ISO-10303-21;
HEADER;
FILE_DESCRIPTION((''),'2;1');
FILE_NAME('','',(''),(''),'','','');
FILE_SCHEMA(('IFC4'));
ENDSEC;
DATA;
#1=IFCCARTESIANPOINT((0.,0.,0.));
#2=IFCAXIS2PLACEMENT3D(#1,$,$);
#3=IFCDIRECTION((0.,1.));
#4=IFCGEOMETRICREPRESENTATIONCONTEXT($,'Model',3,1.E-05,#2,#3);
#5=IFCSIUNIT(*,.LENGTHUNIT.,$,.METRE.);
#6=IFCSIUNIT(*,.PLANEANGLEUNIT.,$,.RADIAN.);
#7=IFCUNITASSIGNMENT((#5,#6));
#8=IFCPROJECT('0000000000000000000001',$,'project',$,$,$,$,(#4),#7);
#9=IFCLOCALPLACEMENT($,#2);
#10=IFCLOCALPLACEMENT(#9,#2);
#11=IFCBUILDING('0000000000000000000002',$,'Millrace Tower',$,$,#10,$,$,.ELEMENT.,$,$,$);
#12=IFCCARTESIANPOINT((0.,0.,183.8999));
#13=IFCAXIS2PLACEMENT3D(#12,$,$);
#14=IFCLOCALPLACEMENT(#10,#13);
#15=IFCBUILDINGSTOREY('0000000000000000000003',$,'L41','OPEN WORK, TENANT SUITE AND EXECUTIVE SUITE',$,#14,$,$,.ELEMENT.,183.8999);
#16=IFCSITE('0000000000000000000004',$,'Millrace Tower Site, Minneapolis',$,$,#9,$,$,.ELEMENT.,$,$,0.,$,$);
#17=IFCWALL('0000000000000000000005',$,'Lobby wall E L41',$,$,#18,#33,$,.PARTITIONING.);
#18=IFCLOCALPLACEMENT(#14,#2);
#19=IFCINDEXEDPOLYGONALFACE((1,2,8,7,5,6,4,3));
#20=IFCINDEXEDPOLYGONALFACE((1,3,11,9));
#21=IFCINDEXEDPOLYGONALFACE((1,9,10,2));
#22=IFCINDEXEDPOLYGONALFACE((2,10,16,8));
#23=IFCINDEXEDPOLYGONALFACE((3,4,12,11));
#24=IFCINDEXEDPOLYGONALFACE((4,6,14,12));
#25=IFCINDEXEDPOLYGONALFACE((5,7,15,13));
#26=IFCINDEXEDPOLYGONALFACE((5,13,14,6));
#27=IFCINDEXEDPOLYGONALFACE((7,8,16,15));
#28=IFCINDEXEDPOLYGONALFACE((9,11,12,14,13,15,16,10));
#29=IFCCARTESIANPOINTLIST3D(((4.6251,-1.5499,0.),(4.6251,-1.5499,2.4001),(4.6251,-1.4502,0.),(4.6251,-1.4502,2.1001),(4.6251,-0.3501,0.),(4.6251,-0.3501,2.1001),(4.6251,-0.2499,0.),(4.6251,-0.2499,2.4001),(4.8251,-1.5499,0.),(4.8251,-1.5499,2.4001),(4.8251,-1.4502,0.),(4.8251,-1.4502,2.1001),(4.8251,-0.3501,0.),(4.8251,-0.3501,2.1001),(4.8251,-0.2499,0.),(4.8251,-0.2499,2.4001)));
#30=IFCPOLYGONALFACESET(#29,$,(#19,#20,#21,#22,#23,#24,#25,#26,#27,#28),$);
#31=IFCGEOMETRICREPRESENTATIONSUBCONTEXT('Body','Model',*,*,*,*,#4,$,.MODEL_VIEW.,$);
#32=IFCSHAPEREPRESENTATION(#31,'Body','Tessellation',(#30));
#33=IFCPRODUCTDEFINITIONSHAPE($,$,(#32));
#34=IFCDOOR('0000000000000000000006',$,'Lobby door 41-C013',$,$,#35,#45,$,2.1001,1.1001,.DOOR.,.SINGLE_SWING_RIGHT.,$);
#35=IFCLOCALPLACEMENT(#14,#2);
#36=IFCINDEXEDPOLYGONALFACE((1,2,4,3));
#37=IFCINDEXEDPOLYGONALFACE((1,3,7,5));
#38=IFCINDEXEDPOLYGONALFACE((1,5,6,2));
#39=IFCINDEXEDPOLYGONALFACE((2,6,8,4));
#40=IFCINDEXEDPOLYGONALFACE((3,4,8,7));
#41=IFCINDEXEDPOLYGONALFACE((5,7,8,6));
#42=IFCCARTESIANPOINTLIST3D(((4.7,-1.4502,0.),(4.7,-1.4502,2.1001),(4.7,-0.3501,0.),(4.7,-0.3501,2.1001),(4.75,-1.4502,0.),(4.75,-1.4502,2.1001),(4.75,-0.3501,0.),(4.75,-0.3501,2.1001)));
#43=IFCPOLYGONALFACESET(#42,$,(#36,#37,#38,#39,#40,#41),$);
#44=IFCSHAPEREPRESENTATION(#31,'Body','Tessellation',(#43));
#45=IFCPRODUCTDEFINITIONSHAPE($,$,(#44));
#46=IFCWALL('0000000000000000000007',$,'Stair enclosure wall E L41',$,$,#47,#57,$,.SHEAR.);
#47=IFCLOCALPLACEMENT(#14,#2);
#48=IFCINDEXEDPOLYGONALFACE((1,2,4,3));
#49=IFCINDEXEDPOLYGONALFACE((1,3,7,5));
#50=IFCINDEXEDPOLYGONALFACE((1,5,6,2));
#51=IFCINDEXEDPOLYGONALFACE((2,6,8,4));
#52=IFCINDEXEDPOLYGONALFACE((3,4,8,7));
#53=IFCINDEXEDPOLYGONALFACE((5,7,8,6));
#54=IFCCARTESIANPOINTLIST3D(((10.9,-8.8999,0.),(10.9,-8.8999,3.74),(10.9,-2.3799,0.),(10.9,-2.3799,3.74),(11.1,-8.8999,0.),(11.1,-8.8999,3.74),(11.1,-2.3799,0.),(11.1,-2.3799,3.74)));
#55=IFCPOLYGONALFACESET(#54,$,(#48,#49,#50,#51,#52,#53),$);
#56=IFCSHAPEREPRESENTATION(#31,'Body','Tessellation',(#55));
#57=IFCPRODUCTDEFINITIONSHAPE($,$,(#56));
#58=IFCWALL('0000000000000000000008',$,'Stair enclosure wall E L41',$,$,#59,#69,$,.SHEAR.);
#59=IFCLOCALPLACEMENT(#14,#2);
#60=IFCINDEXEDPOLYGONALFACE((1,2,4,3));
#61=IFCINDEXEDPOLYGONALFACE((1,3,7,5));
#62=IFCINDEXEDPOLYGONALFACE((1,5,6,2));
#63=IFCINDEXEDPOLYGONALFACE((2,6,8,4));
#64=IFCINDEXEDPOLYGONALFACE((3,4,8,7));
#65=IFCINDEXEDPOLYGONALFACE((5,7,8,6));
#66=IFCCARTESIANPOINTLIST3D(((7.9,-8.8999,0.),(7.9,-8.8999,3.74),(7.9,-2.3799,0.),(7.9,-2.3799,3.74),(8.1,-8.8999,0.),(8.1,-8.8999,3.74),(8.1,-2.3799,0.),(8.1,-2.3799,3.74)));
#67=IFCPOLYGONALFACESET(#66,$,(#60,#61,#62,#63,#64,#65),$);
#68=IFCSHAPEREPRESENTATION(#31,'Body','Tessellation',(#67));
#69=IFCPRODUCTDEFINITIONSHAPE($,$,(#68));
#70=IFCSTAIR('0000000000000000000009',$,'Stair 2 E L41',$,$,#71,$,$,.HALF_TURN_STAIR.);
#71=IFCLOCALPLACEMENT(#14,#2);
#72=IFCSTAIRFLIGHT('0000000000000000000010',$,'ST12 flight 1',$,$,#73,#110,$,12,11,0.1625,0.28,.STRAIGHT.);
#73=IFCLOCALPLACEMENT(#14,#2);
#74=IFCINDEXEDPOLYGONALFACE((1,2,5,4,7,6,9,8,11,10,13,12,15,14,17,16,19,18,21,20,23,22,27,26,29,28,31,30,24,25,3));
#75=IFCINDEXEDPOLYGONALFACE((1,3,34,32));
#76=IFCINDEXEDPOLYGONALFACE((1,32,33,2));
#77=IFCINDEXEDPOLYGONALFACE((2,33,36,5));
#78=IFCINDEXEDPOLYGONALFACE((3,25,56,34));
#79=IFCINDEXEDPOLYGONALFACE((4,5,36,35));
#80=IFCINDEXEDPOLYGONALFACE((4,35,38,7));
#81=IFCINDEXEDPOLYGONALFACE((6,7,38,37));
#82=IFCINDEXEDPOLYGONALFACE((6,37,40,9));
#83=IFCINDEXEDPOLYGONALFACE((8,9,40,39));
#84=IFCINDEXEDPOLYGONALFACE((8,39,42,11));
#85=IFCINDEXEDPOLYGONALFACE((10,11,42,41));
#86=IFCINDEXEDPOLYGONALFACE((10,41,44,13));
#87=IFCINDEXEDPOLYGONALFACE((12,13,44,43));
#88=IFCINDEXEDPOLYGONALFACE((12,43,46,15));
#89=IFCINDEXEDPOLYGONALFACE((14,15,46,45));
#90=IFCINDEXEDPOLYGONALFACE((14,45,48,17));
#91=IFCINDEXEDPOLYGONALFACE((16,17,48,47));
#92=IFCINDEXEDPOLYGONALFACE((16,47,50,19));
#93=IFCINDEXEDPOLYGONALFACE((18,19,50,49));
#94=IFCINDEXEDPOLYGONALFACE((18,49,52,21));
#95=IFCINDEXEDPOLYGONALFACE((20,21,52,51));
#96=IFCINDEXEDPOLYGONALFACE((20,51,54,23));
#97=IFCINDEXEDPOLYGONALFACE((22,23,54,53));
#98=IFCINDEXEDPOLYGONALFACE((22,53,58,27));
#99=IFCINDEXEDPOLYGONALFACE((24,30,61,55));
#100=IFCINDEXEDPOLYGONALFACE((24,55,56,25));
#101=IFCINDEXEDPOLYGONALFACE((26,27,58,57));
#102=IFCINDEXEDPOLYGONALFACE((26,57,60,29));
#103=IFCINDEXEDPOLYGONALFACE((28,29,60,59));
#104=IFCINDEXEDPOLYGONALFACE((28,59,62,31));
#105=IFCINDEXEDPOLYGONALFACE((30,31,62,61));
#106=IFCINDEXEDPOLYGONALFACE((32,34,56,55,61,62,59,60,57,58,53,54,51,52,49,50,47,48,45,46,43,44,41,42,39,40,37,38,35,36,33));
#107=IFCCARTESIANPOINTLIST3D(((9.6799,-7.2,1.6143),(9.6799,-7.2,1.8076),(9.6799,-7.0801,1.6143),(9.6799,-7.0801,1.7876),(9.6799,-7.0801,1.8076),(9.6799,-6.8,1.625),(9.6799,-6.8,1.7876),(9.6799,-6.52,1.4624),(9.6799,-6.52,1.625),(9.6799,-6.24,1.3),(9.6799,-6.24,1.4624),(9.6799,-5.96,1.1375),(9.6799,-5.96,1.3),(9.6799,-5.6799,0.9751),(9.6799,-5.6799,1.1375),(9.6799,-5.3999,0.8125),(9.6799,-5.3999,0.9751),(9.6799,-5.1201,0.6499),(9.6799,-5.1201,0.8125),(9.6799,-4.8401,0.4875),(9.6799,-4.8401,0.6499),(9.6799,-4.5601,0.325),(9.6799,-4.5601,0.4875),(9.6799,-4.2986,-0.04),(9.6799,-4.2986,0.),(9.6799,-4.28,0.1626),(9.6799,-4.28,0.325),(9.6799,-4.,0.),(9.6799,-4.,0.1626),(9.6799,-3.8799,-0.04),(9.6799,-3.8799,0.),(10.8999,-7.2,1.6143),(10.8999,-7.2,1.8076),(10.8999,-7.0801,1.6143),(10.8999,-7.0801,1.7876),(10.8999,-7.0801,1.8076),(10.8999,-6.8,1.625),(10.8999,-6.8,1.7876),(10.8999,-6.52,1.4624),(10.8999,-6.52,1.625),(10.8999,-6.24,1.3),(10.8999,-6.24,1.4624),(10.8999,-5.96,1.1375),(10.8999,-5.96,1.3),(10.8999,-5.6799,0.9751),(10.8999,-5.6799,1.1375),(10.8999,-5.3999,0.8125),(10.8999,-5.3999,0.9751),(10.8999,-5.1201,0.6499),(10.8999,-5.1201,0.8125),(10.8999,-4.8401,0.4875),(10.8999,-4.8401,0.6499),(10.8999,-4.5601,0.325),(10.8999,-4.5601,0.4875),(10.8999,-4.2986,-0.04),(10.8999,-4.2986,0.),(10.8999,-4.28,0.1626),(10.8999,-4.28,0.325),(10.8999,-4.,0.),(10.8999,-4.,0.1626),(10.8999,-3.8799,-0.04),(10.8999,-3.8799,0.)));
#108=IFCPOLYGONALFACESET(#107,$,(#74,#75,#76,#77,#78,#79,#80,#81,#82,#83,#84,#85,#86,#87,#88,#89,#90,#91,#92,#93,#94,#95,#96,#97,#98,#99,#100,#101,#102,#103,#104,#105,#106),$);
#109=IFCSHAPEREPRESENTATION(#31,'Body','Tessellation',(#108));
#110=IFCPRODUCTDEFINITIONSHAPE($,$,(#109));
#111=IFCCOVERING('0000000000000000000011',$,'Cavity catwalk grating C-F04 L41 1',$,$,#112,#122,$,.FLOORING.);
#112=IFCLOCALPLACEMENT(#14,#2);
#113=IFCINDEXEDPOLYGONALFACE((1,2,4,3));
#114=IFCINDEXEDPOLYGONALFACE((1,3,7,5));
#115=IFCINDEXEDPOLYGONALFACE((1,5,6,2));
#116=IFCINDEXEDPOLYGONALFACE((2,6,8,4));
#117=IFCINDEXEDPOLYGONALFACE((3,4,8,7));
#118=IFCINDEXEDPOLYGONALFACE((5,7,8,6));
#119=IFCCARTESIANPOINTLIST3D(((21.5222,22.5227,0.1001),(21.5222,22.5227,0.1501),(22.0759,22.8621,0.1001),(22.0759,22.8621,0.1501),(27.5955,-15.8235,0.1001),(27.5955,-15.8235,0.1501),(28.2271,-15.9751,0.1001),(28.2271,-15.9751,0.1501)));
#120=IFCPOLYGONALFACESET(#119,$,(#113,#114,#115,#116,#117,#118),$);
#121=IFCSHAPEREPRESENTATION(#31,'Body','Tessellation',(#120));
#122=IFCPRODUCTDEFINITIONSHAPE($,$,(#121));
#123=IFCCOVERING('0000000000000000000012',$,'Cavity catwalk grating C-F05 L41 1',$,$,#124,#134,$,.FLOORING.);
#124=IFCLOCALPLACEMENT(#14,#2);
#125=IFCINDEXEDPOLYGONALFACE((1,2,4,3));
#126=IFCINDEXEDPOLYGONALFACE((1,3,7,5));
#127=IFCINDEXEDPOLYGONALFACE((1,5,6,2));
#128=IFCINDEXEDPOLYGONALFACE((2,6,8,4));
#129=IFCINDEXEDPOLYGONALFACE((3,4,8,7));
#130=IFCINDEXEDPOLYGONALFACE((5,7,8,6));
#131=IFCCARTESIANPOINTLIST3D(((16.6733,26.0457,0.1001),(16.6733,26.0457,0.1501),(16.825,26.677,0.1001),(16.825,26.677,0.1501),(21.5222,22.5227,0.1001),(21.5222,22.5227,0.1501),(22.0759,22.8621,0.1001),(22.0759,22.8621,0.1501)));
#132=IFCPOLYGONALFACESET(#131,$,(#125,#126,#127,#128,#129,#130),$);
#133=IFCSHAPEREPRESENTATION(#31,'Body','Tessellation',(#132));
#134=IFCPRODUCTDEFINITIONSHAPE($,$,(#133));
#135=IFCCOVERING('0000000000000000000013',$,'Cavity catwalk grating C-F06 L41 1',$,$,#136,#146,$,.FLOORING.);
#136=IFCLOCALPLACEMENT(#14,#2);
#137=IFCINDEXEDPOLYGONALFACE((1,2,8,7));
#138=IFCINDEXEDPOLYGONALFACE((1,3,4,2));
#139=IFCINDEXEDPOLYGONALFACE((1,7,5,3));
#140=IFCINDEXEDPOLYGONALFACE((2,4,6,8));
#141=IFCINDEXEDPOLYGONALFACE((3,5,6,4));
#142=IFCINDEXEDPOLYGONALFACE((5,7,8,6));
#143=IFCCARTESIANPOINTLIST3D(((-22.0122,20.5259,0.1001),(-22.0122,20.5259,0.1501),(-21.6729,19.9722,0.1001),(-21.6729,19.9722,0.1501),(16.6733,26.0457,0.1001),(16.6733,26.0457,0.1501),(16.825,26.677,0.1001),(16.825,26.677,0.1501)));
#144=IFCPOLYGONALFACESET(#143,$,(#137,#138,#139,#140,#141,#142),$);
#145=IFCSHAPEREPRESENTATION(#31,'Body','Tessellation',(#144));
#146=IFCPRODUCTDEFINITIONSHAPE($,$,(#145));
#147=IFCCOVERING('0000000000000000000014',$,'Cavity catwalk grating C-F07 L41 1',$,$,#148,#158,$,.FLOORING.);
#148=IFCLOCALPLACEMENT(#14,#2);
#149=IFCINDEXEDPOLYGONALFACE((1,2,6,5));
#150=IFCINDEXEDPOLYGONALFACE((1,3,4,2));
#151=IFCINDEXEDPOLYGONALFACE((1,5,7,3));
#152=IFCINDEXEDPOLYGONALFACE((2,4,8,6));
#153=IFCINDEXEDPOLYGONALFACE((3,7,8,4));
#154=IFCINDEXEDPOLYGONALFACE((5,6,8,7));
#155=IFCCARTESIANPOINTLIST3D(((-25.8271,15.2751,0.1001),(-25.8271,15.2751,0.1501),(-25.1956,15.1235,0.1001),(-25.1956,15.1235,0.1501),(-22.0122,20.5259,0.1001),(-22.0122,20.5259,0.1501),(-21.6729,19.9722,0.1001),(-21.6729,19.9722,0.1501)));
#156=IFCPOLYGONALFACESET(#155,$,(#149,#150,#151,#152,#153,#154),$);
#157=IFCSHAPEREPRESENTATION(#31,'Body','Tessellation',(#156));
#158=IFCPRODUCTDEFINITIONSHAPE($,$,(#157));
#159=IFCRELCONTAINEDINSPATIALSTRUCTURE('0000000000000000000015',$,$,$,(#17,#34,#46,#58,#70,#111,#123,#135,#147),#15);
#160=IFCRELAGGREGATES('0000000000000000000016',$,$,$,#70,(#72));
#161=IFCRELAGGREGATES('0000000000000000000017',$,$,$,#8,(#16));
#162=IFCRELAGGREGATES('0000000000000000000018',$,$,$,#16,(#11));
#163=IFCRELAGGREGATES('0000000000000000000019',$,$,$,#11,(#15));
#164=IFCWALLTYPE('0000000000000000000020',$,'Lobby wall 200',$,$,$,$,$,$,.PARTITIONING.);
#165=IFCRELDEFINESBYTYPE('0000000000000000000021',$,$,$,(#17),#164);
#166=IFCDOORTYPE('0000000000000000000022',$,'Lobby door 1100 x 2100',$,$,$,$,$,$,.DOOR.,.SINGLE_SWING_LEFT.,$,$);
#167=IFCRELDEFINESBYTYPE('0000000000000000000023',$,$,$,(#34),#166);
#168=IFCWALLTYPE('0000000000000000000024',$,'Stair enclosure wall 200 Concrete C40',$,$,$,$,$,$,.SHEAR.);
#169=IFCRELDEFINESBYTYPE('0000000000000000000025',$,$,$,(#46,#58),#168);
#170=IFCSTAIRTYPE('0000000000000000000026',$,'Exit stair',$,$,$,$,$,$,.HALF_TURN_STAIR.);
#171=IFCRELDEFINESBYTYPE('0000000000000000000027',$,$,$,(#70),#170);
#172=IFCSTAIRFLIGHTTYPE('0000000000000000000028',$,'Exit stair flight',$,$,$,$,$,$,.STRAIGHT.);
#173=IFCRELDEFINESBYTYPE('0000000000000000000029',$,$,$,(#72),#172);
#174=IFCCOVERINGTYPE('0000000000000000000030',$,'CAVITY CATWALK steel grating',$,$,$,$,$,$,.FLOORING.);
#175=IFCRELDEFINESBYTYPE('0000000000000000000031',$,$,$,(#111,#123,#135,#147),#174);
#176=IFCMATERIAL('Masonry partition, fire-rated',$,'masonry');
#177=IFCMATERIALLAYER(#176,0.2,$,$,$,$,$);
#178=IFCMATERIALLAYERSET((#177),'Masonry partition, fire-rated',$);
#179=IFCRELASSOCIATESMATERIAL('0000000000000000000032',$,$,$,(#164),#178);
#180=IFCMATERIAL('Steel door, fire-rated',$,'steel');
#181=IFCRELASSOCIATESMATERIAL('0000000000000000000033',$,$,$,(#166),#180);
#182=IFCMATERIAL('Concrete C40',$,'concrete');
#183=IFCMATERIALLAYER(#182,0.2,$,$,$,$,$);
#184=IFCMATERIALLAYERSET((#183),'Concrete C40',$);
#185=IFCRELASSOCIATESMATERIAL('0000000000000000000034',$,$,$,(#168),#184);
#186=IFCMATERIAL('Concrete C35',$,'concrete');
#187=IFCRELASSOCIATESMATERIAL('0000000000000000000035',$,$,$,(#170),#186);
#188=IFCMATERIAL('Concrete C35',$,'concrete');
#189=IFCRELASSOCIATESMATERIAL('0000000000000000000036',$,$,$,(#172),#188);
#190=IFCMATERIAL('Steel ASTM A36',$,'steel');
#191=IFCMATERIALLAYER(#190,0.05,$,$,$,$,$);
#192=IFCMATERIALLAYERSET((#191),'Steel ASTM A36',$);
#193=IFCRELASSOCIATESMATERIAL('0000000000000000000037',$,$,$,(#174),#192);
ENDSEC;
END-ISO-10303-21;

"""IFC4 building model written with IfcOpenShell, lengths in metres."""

from ifc_helpers import new_model, si_unit, direction, frame, frame_2d, origin, place, context, subcontext, project, spatial, polyline, rectangle, outline, extrude, material, layer, layer_set, type_object, element, fill, aggregate, save


model = new_model("IFC4")

# Units and contexts
model_context = context("Model", 3, precision=1e-05, world=origin(), true_north=direction((0.0, 1.0)))
body_context = subcontext(model_context, "Body", "Model", "MODEL_VIEW")
ifc_project = project(units=[si_unit("LENGTHUNIT", "METRE"), si_unit("PLANEANGLEUNIT", "RADIAN")], contexts=[model_context])

# Site, building, storey
site_placement = place(None, origin())
site = spatial("IfcSite", under=ifc_project, at=site_placement, Name="Millrace Tower Site, Minneapolis", CompositionType="ELEMENT", RefElevation=0.0)
building_placement = place(site_placement, origin())
building = spatial("IfcBuilding", under=site, at=building_placement, Name="Millrace Tower", CompositionType="ELEMENT")
storey_placement = place(building_placement, frame((0.0, 0.0, 183.8999)))
storey = spatial("IfcBuildingStorey", under=building, at=storey_placement, Name="L41", Description="OPEN WORK, TENANT SUITE AND EXECUTIVE SUITE", CompositionType="ELEMENT", Elevation=183.8999)

# Shared definitions
placement_1 = place(storey_placement, origin())

# Wall, opening, door
ifc_material_1 = material(Name="Masonry partition, fire-rated", Category="masonry")
ifc_layer_1 = layer(ifc_material_1, 0.2)
ifc_layer_set_1 = layer_set([ifc_layer_1], Name="Masonry partition, fire-rated")
wall_type_1 = type_object("IfcWallType", Name="Lobby wall 200", PredefinedType="PARTITIONING", material=ifc_layer_set_1)
wall_1_placement = place(storey_placement, frame((4.7251, -0.25, 0.0), z_axis=(0.0, 0.0, 1.0), x_axis=(0.0, -1.0, 0.0)))
wall_1 = element("IfcWall", 1, at=wall_1_placement, inside=storey, type_object=wall_type_1, Name="Lobby wall E L41", PredefinedType="PARTITIONING", context=body_context, shape_type="SweptSolid", body=[
    extrude(rectangle(XDim=1.3, YDim=0.2, at=frame_2d((0.6499, 0.0))), origin(), (0.0, 0.0, 1.0), 2.4001),
])
opening_placement = place(wall_1_placement, frame((0.1001, 0.0, 0.0)))
opening = element("IfcOpeningElement", 2, at=opening_placement, cuts=wall_1, PredefinedType="OPENING", context=body_context, shape_type="SweptSolid", body=[
    extrude(rectangle(XDim=1.1001, YDim=2.1001, at=frame_2d((0.55, 1.05))), frame((0.0, 0.1099, 0.0), z_axis=(0.0, -1.0, 0.0), x_axis=(1.0, 0.0, 0.0)), (0.0, 0.0, 1.0), 0.22),
])
ifc_material_2 = material(Name="Steel door, fire-rated", Category="steel")
door_type = type_object("IfcDoorType", Name="Lobby door 1100 x 2100", OperationType="SINGLE_SWING_LEFT", PredefinedType="DOOR", material=ifc_material_2)
door_placement = place(opening_placement, origin())
door = element("IfcDoor", 3, at=door_placement, inside=storey, type_object=door_type, Name="Lobby door 41-C013", OperationType="SINGLE_SWING_RIGHT", OverallHeight=2.1001, OverallWidth=1.1001, PredefinedType="DOOR", context=body_context, shape_type="SweptSolid", body=[
    extrude(rectangle(XDim=1.1001, YDim=2.1001, at=frame_2d((0.55, 1.05))), frame((0.0, 0.0249, 0.0), z_axis=(0.0, -1.0, 0.0), x_axis=(1.0, 0.0, 0.0)), (0.0, 0.0, 1.0), 0.05),
])
fill(opening, door)

# Walls
ifc_material_3 = material(Name="Concrete C40", Category="concrete")
ifc_layer_2 = layer(ifc_material_3, 0.2)
ifc_layer_set_2 = layer_set([ifc_layer_2], Name="Concrete C40")
wall_type_2 = type_object("IfcWallType", Name="Stair enclosure wall 200 Concrete C40", PredefinedType="SHEAR", material=ifc_layer_set_2)
for number, where, z_axis, x_axis, name in (
    (4, (11.0, -2.3799, 0.0), (0.0, 0.0, 1.0), (0.0, -1.0, 0.0), "Stair enclosure wall E L41"),
    (5, (8.0, -2.3799, 0.0), (0.0, 0.0, 1.0), (0.0, -1.0, 0.0), "Stair enclosure wall E L41"),
):
    element("IfcWall", number, at=place(storey_placement, frame(where, z_axis=z_axis, x_axis=x_axis)), inside=storey, type_object=wall_type_2, Name=name, PredefinedType="SHEAR", context=body_context, shape_type="SweptSolid", body=[
        extrude(rectangle(XDim=6.52, YDim=0.2, at=frame_2d((3.26, 0.0))), origin(), (0.0, 0.0, 1.0), 3.74),
    ])

# Stair, stair flight
ifc_material_4 = material(Name="Concrete C35", Category="concrete")
stair_type = type_object("IfcStairType", Name="Exit stair", PredefinedType="HALF_TURN_STAIR", material=ifc_material_4)
stair = element("IfcStair", 6, at=placement_1, inside=storey, type_object=stair_type, Name="Stair 2 E L41", PredefinedType="HALF_TURN_STAIR")
ifc_material_5 = material(Name="Concrete C35", Category="concrete")
stair_flight_type = type_object("IfcStairFlightType", Name="Exit stair flight", PredefinedType="STRAIGHT", material=ifc_material_5)
stair_flight_placement = place(storey_placement, frame((10.29, -4.0, 0.0), z_axis=(0.0, 0.0, 1.0), x_axis=(0.0, -1.0, 0.0)))
stair_flight = element("IfcStairFlight", 7, at=stair_flight_placement, type_object=stair_flight_type, Name="ST12 flight 1", NumberOfRisers=12, NumberOfTreads=11, PredefinedType="STRAIGHT", RiserHeight=0.1625, TreadLength=0.28, context=body_context, shape_type="SweptSolid", body=[
    extrude(outline(polyline([(-0.1201, -0.04), (-0.1201, 0.0), (0.0, 0.0), (0.0, 0.1626), (0.28, 0.1626), (0.28, 0.325), (0.5601, 0.325), (0.5601, 0.4875), (0.8401, 0.4875), (0.8401, 0.6499), (1.1201, 0.6499), (1.1201, 0.8125), (1.3999, 0.8125), (1.3999, 0.9751), (1.6799, 0.9751), (1.6799, 1.1375), (1.96, 1.1375), (1.96, 1.3), (2.24, 1.3), (2.24, 1.4624), (2.52, 1.4624), (2.52, 1.625), (2.8, 1.625), (2.8, 1.7876), (3.0801, 1.7876), (3.0801, 1.8076), (3.2, 1.8076), (3.2, 1.6143), (3.0801, 1.6143), (0.2986, 0.0), (0.2986, -0.04), (-0.1201, -0.04)])), frame((0.0, 0.6099, 0.0), z_axis=(0.0, -1.0, 0.0), x_axis=(1.0, 0.0, 0.0)), (0.0, 0.0, 1.0), 1.22),
])
aggregate(stair, [stair_flight])

# Coverings
ifc_material_6 = material(Name="Steel ASTM A36", Category="steel")
ifc_layer_3 = layer(ifc_material_6, 0.05)
ifc_layer_set_3 = layer_set([ifc_layer_3], Name="Steel ASTM A36")
covering_type = type_object("IfcCoveringType", Name="CAVITY CATWALK steel grating", PredefinedType="FLOORING", material=ifc_layer_set_3)
placement_2 = place(storey_placement, frame((0.0, 0.0, 0.1001)))
element("IfcCovering", 8, at=placement_2, inside=storey, type_object=covering_type, Name="Cavity catwalk grating C-F04 L41 1", PredefinedType="FLOORING", context=body_context, shape_type="SweptSolid", body=[
    extrude(outline(polyline([(28.2271, -15.9751), (22.0759, 22.8621), (21.5222, 22.5227), (27.5955, -15.8235), (28.2271, -15.9751)])), origin(), (0.0, 0.0, 1.0), 0.05),
])
element("IfcCovering", 9, at=placement_2, inside=storey, type_object=covering_type, Name="Cavity catwalk grating C-F05 L41 1", PredefinedType="FLOORING", context=body_context, shape_type="SweptSolid", body=[
    extrude(outline(polyline([(22.0759, 22.8621), (16.825, 26.677), (16.6733, 26.0457), (21.5222, 22.5227), (22.0759, 22.8621)])), origin(), (0.0, 0.0, 1.0), 0.05),
])
element("IfcCovering", 10, at=placement_2, inside=storey, type_object=covering_type, Name="Cavity catwalk grating C-F06 L41 1", PredefinedType="FLOORING", context=body_context, shape_type="SweptSolid", body=[
    extrude(outline(polyline([(16.825, 26.677), (-22.0122, 20.5259), (-21.6729, 19.9722), (16.6733, 26.0457), (16.825, 26.677)])), origin(), (0.0, 0.0, 1.0), 0.05),
])
element("IfcCovering", 11, at=placement_2, inside=storey, type_object=covering_type, Name="Cavity catwalk grating C-F07 L41 1", PredefinedType="FLOORING", context=body_context, shape_type="SweptSolid", body=[
    extrude(outline(polyline([(-22.0122, 20.5259), (-25.8271, 15.2751), (-25.1956, 15.1235), (-21.6729, 19.9722), (-22.0122, 20.5259)])), origin(), (0.0, 0.0, 1.0), 0.05),
])

save(model, "model.ifc")
